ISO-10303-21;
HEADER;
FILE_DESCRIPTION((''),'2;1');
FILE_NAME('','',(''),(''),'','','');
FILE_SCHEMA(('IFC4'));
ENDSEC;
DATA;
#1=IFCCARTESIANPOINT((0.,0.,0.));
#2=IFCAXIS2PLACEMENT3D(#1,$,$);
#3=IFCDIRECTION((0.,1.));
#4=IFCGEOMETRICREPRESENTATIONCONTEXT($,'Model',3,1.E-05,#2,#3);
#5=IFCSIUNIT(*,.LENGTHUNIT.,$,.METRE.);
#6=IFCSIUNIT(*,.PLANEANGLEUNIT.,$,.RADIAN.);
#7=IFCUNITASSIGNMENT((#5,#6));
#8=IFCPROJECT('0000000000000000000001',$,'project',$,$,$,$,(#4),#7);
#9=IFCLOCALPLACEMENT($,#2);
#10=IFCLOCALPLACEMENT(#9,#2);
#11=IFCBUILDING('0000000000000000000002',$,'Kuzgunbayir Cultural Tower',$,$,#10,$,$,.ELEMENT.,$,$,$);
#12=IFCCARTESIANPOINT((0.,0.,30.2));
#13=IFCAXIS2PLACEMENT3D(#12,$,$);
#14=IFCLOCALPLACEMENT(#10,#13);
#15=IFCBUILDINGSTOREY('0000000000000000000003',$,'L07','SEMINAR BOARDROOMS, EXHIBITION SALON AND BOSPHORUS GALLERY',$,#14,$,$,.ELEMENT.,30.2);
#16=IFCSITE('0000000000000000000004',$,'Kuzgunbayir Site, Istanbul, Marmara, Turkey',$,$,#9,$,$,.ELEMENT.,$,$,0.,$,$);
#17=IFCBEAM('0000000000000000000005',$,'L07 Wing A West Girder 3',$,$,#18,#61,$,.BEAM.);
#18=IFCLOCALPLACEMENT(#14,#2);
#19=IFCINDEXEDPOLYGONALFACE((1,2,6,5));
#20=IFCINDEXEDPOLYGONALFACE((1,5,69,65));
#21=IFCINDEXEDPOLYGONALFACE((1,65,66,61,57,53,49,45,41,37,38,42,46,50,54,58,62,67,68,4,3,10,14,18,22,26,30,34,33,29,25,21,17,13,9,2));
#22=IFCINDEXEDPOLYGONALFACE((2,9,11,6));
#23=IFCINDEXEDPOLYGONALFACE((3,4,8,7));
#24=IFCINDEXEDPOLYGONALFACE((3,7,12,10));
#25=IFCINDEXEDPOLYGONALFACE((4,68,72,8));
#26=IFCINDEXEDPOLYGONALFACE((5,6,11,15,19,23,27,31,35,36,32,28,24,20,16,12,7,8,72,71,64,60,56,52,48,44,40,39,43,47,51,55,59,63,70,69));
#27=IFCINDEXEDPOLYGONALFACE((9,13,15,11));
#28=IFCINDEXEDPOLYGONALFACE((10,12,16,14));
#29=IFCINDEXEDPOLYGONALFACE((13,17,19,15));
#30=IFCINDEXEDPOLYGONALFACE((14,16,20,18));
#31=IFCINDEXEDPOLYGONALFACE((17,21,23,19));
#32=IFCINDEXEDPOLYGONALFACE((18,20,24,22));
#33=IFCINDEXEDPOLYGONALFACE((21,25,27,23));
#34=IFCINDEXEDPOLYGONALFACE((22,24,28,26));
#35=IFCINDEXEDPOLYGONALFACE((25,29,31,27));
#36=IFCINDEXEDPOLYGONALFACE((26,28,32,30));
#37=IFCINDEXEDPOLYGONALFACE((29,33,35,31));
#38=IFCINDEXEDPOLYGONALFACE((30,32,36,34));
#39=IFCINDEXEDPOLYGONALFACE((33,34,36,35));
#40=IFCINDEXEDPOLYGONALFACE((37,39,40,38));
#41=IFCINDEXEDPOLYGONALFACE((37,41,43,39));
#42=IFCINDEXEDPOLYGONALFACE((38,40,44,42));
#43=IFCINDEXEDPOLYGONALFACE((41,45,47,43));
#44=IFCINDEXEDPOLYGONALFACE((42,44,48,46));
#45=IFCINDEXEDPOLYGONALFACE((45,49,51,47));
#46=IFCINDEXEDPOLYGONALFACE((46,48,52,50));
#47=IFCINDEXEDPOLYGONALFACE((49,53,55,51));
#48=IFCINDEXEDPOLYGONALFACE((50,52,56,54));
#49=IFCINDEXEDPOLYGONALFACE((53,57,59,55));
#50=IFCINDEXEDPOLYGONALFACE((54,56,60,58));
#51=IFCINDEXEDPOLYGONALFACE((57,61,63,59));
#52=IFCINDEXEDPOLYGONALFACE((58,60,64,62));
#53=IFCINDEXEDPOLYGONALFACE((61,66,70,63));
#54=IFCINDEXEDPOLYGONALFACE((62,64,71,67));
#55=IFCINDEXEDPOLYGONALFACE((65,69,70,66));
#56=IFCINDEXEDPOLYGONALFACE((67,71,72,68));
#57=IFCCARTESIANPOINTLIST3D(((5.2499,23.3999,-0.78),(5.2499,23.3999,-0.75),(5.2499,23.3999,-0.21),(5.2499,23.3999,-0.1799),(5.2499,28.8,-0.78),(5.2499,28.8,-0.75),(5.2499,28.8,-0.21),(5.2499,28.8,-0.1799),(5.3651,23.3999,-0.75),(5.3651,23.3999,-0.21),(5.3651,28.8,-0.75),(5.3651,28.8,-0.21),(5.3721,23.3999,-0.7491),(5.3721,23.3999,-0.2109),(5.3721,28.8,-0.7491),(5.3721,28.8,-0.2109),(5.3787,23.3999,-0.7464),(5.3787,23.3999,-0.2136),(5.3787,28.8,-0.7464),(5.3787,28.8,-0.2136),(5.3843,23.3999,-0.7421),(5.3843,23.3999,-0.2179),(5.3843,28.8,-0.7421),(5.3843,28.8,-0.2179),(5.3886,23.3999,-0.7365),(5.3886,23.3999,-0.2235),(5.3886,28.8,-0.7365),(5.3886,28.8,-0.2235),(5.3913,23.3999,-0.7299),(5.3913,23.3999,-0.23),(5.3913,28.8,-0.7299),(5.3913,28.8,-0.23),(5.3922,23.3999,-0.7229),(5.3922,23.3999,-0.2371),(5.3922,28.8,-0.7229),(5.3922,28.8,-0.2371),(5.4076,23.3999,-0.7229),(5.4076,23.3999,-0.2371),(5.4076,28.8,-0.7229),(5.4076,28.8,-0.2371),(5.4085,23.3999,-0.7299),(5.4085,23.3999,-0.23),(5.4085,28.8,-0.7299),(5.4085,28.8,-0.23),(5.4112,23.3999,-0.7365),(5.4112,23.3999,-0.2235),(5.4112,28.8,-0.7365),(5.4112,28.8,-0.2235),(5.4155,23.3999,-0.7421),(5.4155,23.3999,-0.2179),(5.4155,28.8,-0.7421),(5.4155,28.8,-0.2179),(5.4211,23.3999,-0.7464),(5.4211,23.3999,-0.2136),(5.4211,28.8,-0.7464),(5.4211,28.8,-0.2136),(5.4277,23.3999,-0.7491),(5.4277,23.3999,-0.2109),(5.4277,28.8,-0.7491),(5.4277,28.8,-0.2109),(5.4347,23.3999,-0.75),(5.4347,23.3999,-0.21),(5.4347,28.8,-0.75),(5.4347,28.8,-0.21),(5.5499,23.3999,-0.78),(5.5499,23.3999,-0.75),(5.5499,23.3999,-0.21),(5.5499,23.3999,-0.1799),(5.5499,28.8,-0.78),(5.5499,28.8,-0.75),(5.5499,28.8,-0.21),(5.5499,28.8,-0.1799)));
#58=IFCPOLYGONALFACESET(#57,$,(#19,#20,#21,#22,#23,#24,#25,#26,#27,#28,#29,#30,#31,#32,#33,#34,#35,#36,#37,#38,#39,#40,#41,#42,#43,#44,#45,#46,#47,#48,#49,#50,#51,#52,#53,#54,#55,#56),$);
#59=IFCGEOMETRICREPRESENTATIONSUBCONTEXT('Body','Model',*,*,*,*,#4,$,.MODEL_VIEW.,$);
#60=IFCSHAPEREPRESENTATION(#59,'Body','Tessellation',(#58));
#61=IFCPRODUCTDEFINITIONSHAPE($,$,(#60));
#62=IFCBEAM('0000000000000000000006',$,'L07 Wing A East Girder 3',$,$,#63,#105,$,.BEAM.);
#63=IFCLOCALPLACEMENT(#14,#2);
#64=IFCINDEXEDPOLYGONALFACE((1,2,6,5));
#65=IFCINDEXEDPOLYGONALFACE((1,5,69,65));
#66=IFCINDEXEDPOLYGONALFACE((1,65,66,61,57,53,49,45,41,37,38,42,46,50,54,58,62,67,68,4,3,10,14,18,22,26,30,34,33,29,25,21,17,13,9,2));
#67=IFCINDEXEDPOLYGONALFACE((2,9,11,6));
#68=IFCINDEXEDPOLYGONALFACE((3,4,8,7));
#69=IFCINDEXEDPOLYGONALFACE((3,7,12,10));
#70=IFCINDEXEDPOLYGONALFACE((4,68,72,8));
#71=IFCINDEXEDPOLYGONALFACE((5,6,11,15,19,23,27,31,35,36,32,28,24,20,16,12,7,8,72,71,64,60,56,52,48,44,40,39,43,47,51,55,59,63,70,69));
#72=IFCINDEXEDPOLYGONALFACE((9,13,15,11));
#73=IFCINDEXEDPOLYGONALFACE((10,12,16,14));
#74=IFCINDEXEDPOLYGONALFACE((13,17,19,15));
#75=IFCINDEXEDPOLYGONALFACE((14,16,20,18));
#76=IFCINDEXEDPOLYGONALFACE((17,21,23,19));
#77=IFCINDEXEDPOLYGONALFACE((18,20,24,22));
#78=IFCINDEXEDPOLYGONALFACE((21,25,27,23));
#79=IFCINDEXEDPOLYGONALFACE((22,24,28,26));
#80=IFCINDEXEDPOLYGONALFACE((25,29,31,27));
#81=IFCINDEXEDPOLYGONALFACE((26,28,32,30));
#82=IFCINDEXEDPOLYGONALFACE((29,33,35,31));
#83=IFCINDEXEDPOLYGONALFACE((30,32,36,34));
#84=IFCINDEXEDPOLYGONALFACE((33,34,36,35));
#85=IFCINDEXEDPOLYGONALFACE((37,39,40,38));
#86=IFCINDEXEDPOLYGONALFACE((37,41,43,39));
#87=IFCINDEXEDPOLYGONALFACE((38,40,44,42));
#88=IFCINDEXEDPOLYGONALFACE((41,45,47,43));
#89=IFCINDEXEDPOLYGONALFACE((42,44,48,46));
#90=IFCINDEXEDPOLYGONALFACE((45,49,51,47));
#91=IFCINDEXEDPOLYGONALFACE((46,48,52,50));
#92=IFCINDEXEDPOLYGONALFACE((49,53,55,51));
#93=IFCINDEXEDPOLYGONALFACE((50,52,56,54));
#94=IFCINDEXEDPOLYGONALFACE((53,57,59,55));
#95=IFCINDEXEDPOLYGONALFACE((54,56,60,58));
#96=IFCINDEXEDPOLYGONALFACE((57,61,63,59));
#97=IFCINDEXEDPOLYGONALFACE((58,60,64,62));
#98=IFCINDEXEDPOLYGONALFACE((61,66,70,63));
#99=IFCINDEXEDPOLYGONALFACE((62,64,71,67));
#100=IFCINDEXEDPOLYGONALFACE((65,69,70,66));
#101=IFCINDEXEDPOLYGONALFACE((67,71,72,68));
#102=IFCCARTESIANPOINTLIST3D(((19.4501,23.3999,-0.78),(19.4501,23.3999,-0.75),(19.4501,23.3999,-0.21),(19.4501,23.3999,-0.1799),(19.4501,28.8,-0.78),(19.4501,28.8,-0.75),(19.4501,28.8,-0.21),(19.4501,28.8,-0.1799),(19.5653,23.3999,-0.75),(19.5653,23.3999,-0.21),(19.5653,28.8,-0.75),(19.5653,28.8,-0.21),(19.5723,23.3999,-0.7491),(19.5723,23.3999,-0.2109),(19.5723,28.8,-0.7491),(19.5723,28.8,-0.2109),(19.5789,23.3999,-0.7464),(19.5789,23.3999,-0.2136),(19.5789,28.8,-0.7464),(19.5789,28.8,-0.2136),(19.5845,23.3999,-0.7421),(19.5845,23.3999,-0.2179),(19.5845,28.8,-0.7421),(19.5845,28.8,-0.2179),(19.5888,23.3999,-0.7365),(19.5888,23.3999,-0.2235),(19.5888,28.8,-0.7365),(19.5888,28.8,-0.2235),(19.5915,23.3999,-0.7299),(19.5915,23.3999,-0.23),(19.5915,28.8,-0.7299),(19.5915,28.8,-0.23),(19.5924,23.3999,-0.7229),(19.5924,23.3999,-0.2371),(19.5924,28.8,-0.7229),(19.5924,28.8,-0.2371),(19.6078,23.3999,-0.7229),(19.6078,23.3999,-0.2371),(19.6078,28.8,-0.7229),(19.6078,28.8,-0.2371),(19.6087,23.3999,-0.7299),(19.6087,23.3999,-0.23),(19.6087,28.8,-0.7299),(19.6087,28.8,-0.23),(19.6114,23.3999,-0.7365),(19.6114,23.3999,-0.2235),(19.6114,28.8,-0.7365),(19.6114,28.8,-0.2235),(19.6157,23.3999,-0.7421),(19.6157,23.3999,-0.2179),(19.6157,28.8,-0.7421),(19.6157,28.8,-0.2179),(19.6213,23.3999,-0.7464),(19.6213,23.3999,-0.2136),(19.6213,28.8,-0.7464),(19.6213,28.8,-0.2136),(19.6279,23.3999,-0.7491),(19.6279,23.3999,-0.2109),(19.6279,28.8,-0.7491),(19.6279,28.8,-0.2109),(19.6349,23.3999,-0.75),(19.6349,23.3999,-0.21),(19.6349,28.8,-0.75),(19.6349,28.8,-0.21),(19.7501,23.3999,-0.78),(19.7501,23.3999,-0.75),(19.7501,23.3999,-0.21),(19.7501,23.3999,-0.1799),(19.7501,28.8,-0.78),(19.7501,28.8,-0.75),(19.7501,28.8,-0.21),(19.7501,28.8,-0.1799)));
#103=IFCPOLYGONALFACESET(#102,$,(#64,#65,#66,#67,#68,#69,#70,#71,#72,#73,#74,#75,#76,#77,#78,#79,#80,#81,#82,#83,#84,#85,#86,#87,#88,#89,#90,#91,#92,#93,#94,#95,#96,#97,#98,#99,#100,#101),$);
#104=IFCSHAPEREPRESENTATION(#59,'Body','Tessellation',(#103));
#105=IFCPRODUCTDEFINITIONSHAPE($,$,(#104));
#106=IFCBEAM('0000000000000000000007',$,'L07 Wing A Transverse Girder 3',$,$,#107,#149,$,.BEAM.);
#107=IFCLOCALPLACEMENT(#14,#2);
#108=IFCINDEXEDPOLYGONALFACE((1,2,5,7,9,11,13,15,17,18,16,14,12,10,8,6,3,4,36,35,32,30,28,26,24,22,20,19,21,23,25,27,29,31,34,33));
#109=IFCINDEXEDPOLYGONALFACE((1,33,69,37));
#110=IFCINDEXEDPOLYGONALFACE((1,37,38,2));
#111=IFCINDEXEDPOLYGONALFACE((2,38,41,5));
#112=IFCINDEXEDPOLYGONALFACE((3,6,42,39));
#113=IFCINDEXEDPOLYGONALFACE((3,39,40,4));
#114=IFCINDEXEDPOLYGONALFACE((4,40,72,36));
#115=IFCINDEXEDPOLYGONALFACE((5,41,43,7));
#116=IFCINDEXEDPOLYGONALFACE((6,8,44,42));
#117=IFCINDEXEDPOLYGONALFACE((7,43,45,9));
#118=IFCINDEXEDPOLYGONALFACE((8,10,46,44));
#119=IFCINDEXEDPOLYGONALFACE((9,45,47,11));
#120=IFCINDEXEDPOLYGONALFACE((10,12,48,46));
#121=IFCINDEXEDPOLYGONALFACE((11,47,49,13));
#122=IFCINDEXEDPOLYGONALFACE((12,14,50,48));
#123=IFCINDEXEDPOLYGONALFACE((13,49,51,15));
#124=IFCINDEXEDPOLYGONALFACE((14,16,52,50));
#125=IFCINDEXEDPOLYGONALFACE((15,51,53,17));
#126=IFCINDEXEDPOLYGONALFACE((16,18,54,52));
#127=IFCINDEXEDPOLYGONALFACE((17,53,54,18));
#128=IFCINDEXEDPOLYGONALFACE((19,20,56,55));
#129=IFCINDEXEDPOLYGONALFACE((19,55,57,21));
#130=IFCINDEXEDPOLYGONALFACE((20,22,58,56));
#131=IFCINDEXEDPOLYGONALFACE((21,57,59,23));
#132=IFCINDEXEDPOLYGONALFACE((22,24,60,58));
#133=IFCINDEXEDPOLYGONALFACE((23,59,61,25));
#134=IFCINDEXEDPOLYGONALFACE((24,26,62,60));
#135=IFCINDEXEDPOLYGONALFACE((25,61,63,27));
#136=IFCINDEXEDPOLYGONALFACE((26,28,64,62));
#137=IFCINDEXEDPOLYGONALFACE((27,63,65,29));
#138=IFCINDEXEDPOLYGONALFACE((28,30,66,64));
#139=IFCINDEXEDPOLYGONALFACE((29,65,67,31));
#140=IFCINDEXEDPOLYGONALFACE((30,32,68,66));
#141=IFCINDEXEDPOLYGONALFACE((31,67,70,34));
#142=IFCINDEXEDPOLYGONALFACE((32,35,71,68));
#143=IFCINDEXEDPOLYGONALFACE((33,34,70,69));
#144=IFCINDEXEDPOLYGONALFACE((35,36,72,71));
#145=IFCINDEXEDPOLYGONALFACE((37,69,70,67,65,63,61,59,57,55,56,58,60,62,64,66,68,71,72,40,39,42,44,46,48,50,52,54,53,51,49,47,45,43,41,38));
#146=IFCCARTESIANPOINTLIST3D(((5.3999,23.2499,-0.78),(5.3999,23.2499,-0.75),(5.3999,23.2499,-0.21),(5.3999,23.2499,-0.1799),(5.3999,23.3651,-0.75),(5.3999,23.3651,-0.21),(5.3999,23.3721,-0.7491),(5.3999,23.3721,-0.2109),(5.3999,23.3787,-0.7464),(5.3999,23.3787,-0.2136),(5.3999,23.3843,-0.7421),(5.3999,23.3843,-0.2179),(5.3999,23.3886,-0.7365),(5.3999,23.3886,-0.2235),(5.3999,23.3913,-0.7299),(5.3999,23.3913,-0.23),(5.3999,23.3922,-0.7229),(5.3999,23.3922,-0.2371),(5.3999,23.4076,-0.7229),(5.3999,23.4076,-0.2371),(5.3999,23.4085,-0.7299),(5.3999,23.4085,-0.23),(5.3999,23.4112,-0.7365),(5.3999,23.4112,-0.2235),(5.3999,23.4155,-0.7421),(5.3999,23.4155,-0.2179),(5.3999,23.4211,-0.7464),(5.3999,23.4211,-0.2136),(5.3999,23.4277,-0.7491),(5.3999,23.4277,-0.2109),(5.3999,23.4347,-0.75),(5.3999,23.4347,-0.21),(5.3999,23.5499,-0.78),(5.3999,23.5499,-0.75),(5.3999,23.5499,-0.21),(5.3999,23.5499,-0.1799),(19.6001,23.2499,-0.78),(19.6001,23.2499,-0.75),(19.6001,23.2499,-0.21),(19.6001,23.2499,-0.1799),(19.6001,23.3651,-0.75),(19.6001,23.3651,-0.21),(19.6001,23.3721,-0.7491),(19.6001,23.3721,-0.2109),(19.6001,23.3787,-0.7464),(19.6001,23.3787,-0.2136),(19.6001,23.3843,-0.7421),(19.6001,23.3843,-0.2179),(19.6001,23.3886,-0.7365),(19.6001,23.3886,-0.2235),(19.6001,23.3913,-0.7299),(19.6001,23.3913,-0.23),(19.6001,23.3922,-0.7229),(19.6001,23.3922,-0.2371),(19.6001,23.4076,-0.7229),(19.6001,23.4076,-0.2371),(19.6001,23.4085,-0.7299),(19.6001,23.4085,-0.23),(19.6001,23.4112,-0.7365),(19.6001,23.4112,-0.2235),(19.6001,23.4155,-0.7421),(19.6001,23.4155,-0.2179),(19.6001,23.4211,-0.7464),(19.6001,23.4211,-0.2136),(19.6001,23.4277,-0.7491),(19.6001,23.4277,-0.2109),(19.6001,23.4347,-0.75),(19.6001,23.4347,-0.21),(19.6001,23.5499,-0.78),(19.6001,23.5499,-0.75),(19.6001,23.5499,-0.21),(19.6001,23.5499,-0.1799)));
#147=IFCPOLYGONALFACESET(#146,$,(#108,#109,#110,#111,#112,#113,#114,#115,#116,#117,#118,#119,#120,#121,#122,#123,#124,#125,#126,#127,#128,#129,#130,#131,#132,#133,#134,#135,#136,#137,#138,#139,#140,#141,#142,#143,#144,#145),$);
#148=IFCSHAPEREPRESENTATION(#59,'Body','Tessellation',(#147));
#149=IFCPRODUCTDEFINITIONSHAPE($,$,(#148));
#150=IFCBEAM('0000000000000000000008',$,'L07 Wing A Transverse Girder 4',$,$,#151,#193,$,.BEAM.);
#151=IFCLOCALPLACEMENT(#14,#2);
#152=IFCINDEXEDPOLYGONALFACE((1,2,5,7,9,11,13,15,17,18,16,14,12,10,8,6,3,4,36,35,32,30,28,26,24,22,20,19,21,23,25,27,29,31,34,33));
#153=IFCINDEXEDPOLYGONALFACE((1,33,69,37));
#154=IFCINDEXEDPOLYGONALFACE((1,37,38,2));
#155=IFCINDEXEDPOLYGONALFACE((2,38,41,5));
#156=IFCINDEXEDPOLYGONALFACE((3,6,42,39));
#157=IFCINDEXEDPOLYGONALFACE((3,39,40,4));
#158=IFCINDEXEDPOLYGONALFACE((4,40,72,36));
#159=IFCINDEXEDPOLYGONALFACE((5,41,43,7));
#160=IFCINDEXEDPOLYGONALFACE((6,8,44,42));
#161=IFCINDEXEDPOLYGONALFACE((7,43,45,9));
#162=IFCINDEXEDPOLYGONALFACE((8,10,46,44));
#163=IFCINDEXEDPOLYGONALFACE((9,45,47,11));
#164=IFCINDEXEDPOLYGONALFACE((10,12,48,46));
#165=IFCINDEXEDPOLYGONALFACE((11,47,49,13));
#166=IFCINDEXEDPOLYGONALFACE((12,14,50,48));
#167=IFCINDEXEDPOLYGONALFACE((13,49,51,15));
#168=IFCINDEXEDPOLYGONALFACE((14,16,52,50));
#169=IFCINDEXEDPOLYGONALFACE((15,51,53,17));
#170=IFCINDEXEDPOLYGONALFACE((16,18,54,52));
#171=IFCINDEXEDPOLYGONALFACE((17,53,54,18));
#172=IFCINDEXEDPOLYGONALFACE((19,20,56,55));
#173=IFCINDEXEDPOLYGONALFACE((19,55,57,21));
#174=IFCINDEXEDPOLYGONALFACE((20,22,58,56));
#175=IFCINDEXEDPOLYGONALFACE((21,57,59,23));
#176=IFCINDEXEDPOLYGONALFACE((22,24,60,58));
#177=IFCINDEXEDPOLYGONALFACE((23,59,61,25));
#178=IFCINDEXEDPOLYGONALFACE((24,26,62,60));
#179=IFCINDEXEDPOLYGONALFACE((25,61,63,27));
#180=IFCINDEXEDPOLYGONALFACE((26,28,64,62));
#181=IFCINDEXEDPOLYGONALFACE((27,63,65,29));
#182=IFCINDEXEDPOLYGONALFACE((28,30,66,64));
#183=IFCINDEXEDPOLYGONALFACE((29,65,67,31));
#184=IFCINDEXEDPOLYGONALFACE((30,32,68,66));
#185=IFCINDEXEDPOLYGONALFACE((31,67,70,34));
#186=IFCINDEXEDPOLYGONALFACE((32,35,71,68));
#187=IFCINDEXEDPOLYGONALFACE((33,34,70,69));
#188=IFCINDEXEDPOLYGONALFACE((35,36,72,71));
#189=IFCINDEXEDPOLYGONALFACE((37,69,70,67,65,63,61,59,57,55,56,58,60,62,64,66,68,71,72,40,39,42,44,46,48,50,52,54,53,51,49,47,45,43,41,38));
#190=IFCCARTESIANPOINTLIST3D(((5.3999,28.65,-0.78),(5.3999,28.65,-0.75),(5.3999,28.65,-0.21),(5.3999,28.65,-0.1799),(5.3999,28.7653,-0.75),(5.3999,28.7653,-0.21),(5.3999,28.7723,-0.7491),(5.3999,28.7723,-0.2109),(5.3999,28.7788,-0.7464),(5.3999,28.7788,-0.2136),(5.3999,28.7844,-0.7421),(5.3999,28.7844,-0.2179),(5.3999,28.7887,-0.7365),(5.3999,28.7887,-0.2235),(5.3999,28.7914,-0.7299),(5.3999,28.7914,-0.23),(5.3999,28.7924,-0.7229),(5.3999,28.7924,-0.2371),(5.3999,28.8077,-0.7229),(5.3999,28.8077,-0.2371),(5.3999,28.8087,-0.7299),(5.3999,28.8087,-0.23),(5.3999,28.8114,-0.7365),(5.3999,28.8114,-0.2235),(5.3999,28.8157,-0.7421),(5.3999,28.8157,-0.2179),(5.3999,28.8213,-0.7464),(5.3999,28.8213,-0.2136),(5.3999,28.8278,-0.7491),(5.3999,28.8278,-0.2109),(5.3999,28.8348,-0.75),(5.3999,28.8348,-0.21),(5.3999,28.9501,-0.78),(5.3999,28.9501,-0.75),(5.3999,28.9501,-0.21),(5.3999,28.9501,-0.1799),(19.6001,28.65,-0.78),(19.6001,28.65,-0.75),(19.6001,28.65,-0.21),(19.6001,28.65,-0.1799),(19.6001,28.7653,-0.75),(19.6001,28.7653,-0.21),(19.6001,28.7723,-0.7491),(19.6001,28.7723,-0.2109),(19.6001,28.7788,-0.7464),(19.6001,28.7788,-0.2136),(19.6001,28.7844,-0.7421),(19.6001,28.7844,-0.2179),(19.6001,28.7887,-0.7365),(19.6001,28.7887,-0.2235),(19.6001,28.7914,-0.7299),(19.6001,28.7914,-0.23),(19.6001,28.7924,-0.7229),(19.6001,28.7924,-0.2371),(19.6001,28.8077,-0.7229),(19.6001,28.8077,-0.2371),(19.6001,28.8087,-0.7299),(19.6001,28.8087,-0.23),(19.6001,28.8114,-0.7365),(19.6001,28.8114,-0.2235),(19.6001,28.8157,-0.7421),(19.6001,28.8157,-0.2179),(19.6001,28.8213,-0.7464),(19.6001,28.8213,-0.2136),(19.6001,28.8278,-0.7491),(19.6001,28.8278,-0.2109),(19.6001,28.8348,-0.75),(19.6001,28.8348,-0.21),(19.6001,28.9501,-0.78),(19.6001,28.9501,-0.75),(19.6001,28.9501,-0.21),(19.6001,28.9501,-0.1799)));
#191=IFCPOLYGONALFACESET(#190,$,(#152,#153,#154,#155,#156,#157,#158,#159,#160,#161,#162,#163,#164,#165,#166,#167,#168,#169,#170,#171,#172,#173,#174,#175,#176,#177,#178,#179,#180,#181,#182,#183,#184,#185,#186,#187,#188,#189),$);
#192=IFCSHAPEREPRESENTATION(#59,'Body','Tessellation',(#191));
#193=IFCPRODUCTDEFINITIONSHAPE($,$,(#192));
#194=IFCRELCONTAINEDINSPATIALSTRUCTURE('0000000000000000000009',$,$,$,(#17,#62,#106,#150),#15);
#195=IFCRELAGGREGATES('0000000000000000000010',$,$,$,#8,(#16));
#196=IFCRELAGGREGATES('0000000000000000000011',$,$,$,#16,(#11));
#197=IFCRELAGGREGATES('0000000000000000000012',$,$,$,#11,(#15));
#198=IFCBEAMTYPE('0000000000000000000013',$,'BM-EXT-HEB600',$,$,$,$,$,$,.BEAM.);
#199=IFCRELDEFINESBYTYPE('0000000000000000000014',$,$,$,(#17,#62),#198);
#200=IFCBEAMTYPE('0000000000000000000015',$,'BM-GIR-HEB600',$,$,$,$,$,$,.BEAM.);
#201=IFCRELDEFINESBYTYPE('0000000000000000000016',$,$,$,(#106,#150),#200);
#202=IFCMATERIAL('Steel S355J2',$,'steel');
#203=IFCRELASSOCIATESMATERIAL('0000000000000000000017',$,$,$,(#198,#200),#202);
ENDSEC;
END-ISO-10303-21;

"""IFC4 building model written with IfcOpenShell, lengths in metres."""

from ifc_helpers import new_model, si_unit, direction, frame, origin, origin_2d, place, context, subcontext, project, spatial, i_section, extrude, material, material_profile, profile_set, type_object, element, save


model = new_model("IFC4")

# Units and contexts
model_context = context("Model", 3, precision=1e-05, world=origin(), true_north=direction((0.0, 1.0)))
body_context = subcontext(model_context, "Body", "Model", "MODEL_VIEW")
ifc_project = project(units=[si_unit("LENGTHUNIT", "METRE"), si_unit("PLANEANGLEUNIT", "RADIAN")], contexts=[model_context])

# Site, building, storey
site_placement = place(None, origin())
site = spatial("IfcSite", under=ifc_project, at=site_placement, Name="Kuzgunbayir Site, Istanbul, Marmara, Turkey", CompositionType="ELEMENT", RefElevation=0.0)
building_placement = place(site_placement, origin())
building = spatial("IfcBuilding", under=site, at=building_placement, Name="Kuzgunbayir Cultural Tower", CompositionType="ELEMENT")
storey_placement = place(building_placement, frame((0.0, 0.0, 30.2)))
storey = spatial("IfcBuildingStorey", under=building, at=storey_placement, Name="L07", Description="SEMINAR BOARDROOMS, EXHIBITION SALON AND BOSPHORUS GALLERY", CompositionType="ELEMENT", Elevation=30.2)

# Beams
ifc_material_1 = material(Name="Steel S355J2", Category="steel")
ifc_material_profile_1 = material_profile(ifc_material_1, i_section(OverallWidth=0.3, OverallDepth=0.6001, WebThickness=0.0154, FlangeThickness=0.03, FilletRadius=0.0271, at=origin_2d()), Name="HEB 600")
ifc_profile_set_1 = profile_set([ifc_material_profile_1], Name="Steel S355J2")
beam_type_1 = type_object("IfcBeamType", Name="BM-EXT-HEB600", PredefinedType="BEAM", material=ifc_profile_set_1)
for number, where, z_axis, x_axis, name in (
    (1, (5.3999, 23.3999, -0.48), (0.0, 1.0, 0.0), (-1.0, 0.0, 0.0), "L07 Wing A West Girder 3"),
    (2, (19.6001, 23.3999, -0.48), (0.0, 1.0, 0.0), (-1.0, 0.0, 0.0), "L07 Wing A East Girder 3"),
):
    element("IfcBeam", number, at=place(storey_placement, frame(where, z_axis=z_axis, x_axis=x_axis)), inside=storey, type_object=beam_type_1, Name=name, PredefinedType="BEAM", context=body_context, shape_type="SweptSolid", body=[
        extrude(i_section(OverallWidth=0.3, OverallDepth=0.6001, WebThickness=0.0154, FlangeThickness=0.03, FilletRadius=0.0271, at=origin_2d()), origin(), (0.0, 0.0, 1.0), 5.4001),
    ])
ifc_material_profile_2 = material_profile(ifc_material_1, i_section(OverallWidth=0.3, OverallDepth=0.6001, WebThickness=0.0154, FlangeThickness=0.03, FilletRadius=0.0271, at=origin_2d()), Name="HEB 600")
ifc_profile_set_2 = profile_set([ifc_material_profile_2], Name="Steel S355J2")
beam_type_2 = type_object("IfcBeamType", Name="BM-GIR-HEB600", PredefinedType="BEAM", material=ifc_profile_set_2)
for number, where, z_axis, x_axis, name in (
    (3, (5.3999, 23.3999, -0.48), (1.0, 0.0, 0.0), (0.0, 1.0, 0.0), "L07 Wing A Transverse Girder 3"),
    (4, (5.3999, 28.8, -0.48), (1.0, 0.0, 0.0), (0.0, 1.0, 0.0), "L07 Wing A Transverse Girder 4"),
):
    element("IfcBeam", number, at=place(storey_placement, frame(where, z_axis=z_axis, x_axis=x_axis)), inside=storey, type_object=beam_type_2, Name=name, PredefinedType="BEAM", context=body_context, shape_type="SweptSolid", body=[
        extrude(i_section(OverallWidth=0.3, OverallDepth=0.6001, WebThickness=0.0154, FlangeThickness=0.03, FilletRadius=0.0271, at=origin_2d()), origin(), (0.0, 0.0, 1.0), 14.2002),
    ])

save(model, "model.ifc")
